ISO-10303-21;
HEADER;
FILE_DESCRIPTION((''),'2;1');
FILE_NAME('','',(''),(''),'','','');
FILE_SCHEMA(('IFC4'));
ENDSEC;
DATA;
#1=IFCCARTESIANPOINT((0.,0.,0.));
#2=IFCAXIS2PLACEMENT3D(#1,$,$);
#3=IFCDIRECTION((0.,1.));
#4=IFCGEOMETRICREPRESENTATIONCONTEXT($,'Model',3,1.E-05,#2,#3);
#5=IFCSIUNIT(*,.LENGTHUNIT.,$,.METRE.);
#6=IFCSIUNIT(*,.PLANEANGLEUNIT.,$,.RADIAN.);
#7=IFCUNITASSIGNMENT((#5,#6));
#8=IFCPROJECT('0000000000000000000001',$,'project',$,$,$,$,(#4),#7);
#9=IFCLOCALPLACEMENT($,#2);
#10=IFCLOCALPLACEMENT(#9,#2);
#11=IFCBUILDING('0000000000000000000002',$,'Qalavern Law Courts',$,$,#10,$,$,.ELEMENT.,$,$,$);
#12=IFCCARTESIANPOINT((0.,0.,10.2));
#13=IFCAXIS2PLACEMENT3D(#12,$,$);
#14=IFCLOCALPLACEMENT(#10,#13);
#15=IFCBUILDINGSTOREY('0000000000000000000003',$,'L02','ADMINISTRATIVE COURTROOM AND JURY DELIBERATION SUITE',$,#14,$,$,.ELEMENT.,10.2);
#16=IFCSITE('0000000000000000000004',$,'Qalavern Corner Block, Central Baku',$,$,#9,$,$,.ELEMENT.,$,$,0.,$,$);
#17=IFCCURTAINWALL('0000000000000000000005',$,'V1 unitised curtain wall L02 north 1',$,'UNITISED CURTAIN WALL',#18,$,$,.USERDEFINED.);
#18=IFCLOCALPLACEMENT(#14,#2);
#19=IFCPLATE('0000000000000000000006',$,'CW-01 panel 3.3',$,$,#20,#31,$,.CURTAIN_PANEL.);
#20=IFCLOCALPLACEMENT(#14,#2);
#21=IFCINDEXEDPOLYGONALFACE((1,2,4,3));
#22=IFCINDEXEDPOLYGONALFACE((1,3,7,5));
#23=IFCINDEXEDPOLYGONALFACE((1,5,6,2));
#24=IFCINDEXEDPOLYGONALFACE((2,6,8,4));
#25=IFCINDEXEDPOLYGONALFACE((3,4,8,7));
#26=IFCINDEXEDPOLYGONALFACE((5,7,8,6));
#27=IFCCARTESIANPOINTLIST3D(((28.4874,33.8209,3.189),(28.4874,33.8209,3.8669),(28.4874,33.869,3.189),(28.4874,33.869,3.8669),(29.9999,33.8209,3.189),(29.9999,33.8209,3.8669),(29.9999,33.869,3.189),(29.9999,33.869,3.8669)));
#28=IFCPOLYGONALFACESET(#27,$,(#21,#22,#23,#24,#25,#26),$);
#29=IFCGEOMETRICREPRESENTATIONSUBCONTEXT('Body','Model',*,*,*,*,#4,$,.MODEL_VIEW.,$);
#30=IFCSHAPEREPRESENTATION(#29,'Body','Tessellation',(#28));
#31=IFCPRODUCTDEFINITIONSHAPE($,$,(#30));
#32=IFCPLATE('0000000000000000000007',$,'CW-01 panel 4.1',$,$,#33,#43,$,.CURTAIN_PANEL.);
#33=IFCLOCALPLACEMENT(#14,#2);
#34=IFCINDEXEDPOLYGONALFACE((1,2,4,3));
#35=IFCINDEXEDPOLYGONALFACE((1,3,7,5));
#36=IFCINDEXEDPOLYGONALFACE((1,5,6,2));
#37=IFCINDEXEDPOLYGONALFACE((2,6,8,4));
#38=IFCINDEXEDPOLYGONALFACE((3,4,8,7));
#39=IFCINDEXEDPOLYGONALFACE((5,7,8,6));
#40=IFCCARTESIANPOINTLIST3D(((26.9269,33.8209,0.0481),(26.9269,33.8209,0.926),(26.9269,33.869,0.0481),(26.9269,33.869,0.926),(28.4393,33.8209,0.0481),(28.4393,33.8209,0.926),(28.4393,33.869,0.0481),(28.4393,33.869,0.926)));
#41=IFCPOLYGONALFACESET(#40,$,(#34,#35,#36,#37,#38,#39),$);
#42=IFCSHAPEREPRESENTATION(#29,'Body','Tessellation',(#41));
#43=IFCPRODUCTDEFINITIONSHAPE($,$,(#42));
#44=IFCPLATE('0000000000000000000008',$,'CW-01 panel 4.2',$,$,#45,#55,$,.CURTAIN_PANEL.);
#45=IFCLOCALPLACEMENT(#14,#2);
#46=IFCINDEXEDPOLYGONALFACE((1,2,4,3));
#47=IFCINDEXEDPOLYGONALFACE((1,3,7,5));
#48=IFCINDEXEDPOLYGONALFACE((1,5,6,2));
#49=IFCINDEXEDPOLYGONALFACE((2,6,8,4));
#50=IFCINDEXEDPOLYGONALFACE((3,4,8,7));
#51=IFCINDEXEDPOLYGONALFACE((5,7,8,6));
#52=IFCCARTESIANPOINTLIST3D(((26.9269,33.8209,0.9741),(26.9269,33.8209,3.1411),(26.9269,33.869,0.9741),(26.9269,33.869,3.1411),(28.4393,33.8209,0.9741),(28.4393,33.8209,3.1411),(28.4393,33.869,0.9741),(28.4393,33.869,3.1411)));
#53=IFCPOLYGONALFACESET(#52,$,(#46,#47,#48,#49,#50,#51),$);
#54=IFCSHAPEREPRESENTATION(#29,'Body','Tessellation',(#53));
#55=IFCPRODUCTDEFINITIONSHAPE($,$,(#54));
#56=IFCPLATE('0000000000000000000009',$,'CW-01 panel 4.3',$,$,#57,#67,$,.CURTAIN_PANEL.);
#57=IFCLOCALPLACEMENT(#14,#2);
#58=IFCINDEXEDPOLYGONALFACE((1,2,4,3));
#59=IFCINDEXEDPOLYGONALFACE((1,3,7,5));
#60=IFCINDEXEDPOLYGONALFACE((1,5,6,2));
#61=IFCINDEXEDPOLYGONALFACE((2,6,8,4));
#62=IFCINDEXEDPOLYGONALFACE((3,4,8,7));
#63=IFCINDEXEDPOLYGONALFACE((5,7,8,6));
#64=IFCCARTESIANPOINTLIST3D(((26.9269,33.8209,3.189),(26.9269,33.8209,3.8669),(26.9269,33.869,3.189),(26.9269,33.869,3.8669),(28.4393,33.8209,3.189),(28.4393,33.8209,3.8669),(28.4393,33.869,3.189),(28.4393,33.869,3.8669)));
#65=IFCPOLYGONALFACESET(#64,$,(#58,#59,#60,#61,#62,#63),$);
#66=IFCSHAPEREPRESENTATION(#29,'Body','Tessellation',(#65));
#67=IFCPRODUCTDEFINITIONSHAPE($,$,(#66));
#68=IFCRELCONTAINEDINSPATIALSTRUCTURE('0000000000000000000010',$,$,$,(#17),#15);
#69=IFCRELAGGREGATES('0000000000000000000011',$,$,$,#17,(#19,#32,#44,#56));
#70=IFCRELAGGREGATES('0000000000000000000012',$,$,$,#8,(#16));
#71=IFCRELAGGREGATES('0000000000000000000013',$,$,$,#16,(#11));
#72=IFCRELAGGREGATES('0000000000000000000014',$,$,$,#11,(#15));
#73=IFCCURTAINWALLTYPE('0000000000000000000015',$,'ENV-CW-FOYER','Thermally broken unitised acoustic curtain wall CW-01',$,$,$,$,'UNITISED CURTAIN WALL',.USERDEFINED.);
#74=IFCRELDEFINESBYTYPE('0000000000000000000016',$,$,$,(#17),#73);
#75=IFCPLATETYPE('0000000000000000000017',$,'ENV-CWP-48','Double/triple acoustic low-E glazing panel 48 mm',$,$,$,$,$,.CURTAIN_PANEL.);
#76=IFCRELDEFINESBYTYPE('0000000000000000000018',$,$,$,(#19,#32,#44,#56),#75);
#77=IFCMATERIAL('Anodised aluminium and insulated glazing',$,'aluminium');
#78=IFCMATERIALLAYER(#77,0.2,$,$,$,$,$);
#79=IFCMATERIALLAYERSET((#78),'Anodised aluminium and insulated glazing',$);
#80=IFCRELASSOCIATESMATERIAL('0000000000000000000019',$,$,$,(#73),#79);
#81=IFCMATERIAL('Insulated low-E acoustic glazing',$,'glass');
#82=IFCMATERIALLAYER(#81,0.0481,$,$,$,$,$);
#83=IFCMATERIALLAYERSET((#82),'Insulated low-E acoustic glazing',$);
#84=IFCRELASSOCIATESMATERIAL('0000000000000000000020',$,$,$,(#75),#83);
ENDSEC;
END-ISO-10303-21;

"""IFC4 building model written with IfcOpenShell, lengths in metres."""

from ifc_helpers import new_model, si_unit, direction, frame, origin, origin_2d, place, context, subcontext, project, spatial, rectangle, extrude, material, layer, layer_set, type_object, element, aggregate, save


model = new_model("IFC4")

# Units and contexts
model_context = context("Model", 3, precision=1e-05, world=origin(), true_north=direction((0.0, 1.0)))
body_context = subcontext(model_context, "Body", "Model", "MODEL_VIEW")
ifc_project = project(units=[si_unit("LENGTHUNIT", "METRE"), si_unit("PLANEANGLEUNIT", "RADIAN")], contexts=[model_context])

# Site, building, storey
site_placement = place(None, origin())
site = spatial("IfcSite", under=ifc_project, at=site_placement, Name="Qalavern Corner Block, Central Baku", CompositionType="ELEMENT", RefElevation=0.0)
building_placement = place(site_placement, origin())
building = spatial("IfcBuilding", under=site, at=building_placement, Name="Qalavern Law Courts", CompositionType="ELEMENT")
storey_placement = place(building_placement, frame((0.0, 0.0, 10.2)))
storey = spatial("IfcBuildingStorey", under=building, at=storey_placement, Name="L02", Description="ADMINISTRATIVE COURTROOM AND JURY DELIBERATION SUITE", CompositionType="ELEMENT", Elevation=10.2)

# Curtain wall
ifc_material_1 = material(Name="Anodised aluminium and insulated glazing", Category="aluminium")
ifc_layer_1 = layer(ifc_material_1, 0.2)
ifc_layer_set_1 = layer_set([ifc_layer_1], Name="Anodised aluminium and insulated glazing")
curtain_wall_type = type_object("IfcCurtainWallType", Name="ENV-CW-FOYER", Description="Thermally broken unitised acoustic curtain wall CW-01", ElementType="UNITISED CURTAIN WALL", PredefinedType="USERDEFINED", material=ifc_layer_set_1)
curtain_wall_placement = place(storey_placement, origin())
curtain_wall = element("IfcCurtainWall", 1, at=curtain_wall_placement, inside=storey, type_object=curtain_wall_type, Name="V1 unitised curtain wall L02 north 1", ObjectType="UNITISED CURTAIN WALL", PredefinedType="USERDEFINED")

# Plates
ifc_material_2 = material(Name="Insulated low-E acoustic glazing", Category="glass")
ifc_layer_2 = layer(ifc_material_2, 0.0481)
ifc_layer_set_2 = layer_set([ifc_layer_2], Name="Insulated low-E acoustic glazing")
plate_type = type_object("IfcPlateType", Name="ENV-CWP-48", Description="Double/triple acoustic low-E glazing panel 48 mm", PredefinedType="CURTAIN_PANEL", material=ifc_layer_set_2)
plate_1_placement = place(storey_placement, frame((29.2437, 33.845, 3.189), z_axis=(0.0, 0.0, 1.0), x_axis=(-1.0, 0.0, 0.0)))
plate_1 = element("IfcPlate", 2, at=plate_1_placement, type_object=plate_type, Name="CW-01 panel 3.3", PredefinedType="CURTAIN_PANEL", context=body_context, shape_type="SweptSolid", body=[
    extrude(rectangle(XDim=1.5125, YDim=0.0481, at=origin_2d()), origin(), (0.0, 0.0, 1.0), 0.678),
])
plate_2_placement = place(storey_placement, frame((27.6831, 33.845, 0.0481), z_axis=(0.0, 0.0, 1.0), x_axis=(-1.0, 0.0, 0.0)))
plate_2 = element("IfcPlate", 3, at=plate_2_placement, type_object=plate_type, Name="CW-01 panel 4.1", PredefinedType="CURTAIN_PANEL", context=body_context, shape_type="SweptSolid", body=[
    extrude(rectangle(XDim=1.5125, YDim=0.0481, at=origin_2d()), origin(), (0.0, 0.0, 1.0), 0.8779),
])
plate_3_placement = place(storey_placement, frame((27.6831, 33.845, 0.9741), z_axis=(0.0, 0.0, 1.0), x_axis=(-1.0, 0.0, 0.0)))
plate_3 = element("IfcPlate", 4, at=plate_3_placement, type_object=plate_type, Name="CW-01 panel 4.2", PredefinedType="CURTAIN_PANEL", context=body_context, shape_type="SweptSolid", body=[
    extrude(rectangle(XDim=1.5125, YDim=0.0481, at=origin_2d()), origin(), (0.0, 0.0, 1.0), 2.167),
])
plate_4_placement = place(storey_placement, frame((27.6831, 33.845, 3.189), z_axis=(0.0, 0.0, 1.0), x_axis=(-1.0, 0.0, 0.0)))
plate_4 = element("IfcPlate", 5, at=plate_4_placement, type_object=plate_type, Name="CW-01 panel 4.3", PredefinedType="CURTAIN_PANEL", context=body_context, shape_type="SweptSolid", body=[
    extrude(rectangle(XDim=1.5125, YDim=0.0481, at=origin_2d()), origin(), (0.0, 0.0, 1.0), 0.678),
])
aggregate(curtain_wall, [plate_1, plate_2, plate_3, plate_4])

save(model, "model.ifc")
